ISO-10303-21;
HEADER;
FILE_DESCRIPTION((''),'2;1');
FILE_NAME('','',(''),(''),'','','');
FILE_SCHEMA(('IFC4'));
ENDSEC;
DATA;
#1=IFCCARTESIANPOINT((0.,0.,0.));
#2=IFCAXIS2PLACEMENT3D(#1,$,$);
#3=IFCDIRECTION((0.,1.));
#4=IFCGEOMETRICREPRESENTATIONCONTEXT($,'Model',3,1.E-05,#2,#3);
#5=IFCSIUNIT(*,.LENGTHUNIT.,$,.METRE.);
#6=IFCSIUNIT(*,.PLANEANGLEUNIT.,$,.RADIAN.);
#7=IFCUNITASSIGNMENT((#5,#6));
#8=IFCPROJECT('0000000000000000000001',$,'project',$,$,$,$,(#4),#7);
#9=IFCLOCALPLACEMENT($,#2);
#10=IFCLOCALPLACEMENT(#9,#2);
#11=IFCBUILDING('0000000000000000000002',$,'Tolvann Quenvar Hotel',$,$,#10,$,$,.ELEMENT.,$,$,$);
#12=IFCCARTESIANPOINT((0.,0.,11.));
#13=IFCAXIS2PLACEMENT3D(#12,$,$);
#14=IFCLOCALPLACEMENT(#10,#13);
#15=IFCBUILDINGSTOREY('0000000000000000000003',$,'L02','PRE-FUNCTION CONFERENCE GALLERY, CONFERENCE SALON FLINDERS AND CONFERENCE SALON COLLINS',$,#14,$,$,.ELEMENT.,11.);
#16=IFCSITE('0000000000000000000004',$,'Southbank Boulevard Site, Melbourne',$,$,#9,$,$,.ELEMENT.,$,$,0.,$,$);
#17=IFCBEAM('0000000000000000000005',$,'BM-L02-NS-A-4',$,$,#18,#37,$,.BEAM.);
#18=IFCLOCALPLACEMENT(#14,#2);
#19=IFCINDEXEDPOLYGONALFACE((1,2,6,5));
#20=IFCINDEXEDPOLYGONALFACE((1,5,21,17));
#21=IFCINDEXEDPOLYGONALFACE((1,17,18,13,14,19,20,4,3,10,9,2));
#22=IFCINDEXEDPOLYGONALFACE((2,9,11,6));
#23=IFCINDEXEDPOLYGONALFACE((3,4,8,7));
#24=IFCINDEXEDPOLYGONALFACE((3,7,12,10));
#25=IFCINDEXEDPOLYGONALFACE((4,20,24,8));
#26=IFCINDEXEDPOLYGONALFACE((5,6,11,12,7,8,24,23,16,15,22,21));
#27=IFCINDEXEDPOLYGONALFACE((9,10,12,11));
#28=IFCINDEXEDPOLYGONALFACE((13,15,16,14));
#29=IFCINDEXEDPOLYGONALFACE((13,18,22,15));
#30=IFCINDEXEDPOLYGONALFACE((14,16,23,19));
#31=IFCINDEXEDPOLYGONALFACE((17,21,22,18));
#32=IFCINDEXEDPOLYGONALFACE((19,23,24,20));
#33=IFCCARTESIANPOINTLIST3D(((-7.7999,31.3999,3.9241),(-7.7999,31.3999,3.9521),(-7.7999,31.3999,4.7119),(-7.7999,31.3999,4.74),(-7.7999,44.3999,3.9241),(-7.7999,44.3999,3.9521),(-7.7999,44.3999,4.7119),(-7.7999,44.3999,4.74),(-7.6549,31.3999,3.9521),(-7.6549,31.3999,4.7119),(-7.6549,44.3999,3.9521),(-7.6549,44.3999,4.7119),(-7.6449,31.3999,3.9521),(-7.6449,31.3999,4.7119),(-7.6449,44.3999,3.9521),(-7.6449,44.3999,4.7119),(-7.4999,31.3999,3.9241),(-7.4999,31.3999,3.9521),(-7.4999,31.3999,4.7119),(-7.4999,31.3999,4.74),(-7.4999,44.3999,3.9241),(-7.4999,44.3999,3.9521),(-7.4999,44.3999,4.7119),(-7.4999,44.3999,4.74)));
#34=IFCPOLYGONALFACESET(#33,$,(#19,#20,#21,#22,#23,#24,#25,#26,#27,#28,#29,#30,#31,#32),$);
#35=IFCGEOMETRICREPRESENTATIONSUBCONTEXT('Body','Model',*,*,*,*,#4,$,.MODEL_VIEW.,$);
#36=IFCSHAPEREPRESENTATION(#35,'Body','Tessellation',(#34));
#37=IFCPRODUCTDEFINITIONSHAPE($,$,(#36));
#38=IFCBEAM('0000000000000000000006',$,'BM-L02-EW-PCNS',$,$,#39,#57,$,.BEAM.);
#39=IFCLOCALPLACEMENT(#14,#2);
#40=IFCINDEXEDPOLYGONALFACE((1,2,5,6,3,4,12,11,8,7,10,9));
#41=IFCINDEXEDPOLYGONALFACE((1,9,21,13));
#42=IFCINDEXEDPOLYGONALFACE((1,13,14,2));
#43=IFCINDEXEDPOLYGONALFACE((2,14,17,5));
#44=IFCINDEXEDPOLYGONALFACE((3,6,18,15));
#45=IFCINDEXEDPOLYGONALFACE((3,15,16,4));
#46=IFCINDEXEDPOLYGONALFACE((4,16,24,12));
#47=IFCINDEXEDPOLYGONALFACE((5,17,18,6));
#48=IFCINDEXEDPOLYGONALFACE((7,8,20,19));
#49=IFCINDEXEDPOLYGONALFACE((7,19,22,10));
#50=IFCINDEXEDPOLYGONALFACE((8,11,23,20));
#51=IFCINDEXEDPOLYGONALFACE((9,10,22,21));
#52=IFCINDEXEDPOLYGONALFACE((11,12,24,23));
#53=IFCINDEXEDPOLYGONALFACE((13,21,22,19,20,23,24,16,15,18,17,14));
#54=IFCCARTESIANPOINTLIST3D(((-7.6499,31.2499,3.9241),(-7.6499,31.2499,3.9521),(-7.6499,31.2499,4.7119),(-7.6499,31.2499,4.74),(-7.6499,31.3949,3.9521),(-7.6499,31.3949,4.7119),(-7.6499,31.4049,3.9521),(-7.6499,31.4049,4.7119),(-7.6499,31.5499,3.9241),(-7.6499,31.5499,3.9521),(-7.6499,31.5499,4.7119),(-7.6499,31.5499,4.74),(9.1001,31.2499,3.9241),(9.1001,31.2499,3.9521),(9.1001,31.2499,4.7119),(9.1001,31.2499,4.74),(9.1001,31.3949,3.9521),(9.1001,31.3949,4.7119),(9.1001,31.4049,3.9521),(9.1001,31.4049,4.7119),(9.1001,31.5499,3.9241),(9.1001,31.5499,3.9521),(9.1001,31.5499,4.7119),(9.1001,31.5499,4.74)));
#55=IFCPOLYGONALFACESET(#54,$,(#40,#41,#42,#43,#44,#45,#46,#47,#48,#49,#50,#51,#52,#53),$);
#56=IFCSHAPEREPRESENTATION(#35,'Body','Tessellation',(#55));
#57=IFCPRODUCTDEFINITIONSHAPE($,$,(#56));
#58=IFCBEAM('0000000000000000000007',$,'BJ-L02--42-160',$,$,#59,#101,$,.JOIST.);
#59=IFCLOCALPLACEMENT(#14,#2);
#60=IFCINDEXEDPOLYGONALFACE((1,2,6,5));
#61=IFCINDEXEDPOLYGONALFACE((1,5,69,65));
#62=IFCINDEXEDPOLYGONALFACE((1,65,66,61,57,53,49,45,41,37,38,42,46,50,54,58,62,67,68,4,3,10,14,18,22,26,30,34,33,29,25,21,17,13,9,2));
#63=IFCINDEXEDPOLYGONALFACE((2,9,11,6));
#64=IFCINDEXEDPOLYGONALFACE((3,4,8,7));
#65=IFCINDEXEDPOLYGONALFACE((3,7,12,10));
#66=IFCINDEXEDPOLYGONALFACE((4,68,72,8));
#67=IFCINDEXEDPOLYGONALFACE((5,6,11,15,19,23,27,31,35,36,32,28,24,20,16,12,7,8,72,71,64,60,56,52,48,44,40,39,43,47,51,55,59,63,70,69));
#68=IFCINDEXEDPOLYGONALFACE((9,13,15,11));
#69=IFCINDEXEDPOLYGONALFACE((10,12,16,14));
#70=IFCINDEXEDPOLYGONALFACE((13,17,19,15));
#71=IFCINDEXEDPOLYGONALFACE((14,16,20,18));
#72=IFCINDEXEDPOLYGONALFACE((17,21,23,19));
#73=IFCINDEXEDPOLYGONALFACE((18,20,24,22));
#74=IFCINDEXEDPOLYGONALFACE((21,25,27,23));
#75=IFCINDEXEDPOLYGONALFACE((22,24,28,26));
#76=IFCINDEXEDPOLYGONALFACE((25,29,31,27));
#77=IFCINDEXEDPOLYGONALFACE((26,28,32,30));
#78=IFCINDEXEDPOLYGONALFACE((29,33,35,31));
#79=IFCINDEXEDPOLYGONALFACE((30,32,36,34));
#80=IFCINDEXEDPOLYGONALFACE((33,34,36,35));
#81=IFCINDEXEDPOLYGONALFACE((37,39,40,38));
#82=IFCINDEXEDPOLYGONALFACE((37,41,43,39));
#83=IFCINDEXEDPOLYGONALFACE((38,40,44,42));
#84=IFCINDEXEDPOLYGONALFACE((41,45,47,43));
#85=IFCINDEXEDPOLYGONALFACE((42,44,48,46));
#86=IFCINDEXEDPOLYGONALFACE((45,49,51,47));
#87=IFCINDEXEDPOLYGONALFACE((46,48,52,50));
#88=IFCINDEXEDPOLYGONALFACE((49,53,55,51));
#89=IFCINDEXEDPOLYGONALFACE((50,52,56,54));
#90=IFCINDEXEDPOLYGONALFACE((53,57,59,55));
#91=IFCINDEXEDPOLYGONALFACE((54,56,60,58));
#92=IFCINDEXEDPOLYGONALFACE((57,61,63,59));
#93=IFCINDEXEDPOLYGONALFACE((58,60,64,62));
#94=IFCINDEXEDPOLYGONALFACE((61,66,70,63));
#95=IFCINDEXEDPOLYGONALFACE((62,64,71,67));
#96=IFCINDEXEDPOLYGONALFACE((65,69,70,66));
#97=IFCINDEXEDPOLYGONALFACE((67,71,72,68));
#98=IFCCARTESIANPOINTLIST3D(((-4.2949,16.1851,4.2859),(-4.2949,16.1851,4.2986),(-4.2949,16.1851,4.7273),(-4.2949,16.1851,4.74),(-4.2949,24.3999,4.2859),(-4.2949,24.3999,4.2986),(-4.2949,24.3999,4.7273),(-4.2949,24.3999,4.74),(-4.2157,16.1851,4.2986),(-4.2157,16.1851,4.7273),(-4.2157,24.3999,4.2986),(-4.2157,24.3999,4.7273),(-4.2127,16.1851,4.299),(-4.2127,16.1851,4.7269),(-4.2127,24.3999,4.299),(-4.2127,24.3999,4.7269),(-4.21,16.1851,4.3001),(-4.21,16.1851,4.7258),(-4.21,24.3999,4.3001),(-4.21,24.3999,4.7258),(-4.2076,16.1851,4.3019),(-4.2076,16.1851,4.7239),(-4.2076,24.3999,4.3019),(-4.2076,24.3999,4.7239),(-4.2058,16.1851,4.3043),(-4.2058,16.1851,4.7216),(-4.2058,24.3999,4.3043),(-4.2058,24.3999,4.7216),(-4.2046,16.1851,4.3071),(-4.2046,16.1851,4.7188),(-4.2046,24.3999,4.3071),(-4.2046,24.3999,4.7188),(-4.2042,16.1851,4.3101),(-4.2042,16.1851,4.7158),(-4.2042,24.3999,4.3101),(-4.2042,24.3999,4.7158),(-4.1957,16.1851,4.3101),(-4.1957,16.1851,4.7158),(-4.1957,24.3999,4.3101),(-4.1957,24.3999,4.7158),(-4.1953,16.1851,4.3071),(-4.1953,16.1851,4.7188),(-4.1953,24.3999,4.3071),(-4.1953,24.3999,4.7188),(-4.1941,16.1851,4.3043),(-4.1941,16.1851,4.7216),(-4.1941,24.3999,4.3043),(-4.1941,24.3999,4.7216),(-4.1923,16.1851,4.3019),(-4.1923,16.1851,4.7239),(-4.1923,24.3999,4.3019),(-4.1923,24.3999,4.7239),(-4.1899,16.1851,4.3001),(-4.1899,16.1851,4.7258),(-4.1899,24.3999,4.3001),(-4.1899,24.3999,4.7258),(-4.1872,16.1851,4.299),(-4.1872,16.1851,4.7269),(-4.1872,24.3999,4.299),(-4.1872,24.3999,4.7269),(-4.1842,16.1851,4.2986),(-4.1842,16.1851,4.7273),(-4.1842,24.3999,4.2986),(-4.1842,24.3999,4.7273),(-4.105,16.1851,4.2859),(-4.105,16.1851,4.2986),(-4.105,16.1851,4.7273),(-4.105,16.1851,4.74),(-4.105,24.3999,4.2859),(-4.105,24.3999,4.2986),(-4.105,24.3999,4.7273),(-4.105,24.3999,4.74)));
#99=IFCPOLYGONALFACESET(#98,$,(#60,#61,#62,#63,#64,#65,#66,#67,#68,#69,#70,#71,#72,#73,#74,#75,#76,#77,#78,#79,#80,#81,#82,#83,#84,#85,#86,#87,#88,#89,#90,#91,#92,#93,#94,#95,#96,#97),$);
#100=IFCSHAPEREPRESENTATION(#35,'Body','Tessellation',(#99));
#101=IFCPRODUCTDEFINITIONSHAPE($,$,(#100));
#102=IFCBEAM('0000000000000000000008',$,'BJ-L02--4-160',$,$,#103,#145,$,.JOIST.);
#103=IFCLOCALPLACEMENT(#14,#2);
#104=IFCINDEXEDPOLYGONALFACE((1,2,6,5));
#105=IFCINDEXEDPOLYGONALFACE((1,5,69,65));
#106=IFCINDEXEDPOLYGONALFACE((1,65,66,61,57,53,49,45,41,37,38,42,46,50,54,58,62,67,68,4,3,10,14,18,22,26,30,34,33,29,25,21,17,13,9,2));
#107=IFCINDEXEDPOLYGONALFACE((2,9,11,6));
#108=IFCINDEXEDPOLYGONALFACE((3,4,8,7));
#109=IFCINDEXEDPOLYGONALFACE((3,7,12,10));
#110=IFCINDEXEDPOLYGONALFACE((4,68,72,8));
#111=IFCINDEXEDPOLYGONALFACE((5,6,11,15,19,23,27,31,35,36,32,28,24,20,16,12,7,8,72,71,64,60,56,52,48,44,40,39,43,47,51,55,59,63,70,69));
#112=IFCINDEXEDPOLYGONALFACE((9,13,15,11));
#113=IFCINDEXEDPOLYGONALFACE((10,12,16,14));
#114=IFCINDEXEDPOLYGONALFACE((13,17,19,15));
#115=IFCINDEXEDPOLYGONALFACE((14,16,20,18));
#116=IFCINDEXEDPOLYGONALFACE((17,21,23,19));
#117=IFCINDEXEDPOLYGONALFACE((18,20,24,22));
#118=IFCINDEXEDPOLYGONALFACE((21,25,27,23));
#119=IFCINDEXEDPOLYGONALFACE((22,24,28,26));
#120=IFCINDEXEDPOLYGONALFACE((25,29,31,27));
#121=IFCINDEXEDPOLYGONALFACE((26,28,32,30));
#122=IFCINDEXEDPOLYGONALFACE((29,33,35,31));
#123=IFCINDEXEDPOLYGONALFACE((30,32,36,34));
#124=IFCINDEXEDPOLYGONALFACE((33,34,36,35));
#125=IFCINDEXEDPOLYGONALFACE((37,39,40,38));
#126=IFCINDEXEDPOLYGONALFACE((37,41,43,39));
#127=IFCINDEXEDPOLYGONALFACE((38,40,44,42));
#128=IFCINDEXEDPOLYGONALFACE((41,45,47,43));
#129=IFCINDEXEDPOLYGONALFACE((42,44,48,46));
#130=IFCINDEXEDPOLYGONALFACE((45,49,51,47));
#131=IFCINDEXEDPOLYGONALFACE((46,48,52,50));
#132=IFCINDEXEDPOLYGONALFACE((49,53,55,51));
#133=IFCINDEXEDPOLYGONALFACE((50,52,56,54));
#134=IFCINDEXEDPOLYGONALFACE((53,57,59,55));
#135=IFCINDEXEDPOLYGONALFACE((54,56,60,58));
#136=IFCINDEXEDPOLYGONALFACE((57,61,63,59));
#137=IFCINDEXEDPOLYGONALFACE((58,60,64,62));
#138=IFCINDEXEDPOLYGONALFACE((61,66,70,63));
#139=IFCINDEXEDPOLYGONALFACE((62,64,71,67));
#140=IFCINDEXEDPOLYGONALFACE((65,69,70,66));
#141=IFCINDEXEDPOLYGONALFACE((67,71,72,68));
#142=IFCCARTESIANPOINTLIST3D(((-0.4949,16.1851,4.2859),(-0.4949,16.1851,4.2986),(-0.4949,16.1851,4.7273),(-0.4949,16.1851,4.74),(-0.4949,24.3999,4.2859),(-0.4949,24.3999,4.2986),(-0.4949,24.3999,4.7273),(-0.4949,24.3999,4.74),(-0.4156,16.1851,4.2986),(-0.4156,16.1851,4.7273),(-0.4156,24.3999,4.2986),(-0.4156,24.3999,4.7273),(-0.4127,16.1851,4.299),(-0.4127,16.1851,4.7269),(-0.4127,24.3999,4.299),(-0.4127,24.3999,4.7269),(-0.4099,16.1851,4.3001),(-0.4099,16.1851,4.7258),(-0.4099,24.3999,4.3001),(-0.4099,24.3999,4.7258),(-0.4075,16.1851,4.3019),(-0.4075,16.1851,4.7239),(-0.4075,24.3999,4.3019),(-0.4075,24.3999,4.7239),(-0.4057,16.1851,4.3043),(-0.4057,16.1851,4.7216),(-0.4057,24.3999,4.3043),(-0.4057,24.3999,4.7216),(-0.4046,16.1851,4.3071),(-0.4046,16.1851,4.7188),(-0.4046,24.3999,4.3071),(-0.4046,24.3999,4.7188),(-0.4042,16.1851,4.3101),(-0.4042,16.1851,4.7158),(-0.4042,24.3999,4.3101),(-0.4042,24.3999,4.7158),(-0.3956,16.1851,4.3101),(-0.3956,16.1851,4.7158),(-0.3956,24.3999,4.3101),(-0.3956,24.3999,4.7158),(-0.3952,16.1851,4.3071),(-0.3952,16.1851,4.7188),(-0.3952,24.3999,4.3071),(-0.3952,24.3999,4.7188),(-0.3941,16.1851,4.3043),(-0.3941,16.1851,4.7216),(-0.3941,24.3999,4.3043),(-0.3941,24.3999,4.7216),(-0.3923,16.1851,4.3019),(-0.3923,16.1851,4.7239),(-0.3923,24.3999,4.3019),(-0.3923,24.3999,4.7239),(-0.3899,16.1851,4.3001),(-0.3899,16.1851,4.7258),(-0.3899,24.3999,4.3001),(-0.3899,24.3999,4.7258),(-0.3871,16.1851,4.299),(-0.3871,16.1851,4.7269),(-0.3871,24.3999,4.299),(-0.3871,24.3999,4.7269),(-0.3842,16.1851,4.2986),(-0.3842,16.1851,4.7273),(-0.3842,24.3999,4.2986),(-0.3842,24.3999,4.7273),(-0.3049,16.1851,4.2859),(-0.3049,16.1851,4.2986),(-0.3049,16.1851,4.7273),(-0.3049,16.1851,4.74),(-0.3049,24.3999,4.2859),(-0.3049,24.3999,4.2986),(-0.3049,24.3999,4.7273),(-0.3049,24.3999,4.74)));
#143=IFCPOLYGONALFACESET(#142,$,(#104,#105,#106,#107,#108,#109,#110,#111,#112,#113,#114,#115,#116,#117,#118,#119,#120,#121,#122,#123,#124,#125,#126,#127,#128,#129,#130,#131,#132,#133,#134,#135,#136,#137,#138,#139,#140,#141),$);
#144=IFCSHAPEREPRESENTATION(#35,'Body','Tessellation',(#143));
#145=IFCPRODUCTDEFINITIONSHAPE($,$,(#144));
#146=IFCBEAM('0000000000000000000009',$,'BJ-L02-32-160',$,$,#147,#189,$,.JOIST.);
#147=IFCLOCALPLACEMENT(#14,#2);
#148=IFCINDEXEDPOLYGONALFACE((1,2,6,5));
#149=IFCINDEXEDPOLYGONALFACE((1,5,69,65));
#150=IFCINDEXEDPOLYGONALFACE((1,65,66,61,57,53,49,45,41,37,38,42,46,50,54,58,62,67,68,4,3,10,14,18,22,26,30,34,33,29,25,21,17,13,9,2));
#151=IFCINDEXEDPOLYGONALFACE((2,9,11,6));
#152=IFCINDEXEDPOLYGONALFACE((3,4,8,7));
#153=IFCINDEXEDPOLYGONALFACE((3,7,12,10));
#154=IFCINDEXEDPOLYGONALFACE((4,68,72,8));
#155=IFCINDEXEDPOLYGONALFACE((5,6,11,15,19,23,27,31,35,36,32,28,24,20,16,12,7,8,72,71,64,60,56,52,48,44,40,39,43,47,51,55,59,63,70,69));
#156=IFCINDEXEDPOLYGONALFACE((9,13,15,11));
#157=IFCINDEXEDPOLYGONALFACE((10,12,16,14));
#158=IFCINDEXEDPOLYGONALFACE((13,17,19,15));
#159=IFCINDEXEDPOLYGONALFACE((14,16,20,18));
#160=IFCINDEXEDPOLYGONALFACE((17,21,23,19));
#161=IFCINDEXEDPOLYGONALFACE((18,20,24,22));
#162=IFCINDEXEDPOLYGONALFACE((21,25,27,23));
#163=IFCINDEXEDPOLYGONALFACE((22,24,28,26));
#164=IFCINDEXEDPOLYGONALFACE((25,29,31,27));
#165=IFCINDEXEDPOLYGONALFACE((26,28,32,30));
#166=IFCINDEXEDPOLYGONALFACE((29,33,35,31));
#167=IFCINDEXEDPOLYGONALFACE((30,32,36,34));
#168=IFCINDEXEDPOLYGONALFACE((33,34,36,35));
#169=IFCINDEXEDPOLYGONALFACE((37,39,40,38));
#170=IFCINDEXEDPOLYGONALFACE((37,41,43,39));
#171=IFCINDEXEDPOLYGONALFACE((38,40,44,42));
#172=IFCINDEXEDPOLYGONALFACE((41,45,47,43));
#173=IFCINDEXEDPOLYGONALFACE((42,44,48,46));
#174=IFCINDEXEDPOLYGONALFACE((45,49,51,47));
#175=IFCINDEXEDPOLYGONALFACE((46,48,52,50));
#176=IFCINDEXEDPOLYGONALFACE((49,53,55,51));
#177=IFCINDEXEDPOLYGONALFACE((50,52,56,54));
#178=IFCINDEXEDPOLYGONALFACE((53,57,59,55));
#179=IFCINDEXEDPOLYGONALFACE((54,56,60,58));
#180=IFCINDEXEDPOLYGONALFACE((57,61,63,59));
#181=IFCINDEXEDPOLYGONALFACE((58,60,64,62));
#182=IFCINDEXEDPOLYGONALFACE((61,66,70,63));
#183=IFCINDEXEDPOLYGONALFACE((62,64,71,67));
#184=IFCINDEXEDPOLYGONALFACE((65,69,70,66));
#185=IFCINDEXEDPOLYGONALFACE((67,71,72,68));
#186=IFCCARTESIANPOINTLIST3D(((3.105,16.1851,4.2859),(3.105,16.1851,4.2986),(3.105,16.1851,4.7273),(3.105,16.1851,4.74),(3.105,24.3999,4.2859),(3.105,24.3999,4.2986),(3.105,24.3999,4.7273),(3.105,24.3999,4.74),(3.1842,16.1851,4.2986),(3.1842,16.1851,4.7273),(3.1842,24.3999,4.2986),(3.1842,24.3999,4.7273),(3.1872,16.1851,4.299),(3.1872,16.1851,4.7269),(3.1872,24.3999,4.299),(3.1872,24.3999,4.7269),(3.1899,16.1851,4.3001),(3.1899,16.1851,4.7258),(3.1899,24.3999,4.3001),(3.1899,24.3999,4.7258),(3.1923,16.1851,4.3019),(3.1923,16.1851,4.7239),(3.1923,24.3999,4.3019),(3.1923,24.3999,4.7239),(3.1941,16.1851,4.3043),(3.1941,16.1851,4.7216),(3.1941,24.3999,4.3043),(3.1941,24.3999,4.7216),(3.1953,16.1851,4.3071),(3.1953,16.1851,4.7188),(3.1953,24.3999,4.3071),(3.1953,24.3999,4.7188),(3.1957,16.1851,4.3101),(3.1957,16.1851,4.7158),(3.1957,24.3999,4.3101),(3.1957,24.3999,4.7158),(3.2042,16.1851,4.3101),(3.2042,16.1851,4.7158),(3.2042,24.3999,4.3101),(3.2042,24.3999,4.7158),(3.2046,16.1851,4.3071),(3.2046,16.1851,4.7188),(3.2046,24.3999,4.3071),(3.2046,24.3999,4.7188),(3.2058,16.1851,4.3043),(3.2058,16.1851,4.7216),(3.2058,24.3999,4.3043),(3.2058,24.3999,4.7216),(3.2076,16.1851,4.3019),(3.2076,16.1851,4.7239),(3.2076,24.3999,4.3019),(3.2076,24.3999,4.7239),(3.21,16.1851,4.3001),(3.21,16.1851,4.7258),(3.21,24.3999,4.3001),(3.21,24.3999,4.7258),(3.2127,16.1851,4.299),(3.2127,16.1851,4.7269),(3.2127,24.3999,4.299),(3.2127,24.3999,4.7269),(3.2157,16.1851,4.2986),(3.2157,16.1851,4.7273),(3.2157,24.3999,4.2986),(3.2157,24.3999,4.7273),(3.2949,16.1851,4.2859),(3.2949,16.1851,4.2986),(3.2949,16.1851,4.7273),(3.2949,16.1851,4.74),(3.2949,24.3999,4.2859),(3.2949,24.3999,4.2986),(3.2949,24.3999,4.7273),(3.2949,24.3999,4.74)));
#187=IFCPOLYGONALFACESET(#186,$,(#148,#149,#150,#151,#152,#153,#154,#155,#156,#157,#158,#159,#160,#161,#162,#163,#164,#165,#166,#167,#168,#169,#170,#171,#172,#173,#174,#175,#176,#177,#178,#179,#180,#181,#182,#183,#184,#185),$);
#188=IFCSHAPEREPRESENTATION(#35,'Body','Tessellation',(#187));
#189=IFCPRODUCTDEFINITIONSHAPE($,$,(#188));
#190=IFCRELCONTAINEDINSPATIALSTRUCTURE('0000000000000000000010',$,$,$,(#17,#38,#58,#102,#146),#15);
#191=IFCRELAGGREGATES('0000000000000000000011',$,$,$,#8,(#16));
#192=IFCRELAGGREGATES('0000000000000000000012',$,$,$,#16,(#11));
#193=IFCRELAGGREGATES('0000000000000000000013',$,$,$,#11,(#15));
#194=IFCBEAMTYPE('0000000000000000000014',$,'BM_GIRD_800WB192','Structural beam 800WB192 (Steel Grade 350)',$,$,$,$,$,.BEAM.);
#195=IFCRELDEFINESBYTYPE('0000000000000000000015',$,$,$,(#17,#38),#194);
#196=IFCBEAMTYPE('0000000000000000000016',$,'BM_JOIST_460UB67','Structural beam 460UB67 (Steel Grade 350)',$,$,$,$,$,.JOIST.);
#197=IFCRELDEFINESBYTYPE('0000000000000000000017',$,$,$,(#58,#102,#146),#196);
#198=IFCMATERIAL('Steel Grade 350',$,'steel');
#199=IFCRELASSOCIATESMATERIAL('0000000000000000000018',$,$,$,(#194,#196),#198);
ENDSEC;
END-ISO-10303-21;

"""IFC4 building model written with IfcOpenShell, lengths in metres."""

from ifc_helpers import new_model, si_unit, direction, frame, origin, origin_2d, place, context, subcontext, project, spatial, i_section, extrude, source, transform, mapped, material, material_profile, profile_set, type_object, type_shapes, element, save


model = new_model("IFC4")

# Units and contexts
model_context = context("Model", 3, precision=1e-05, world=origin(), true_north=direction((0.0, 1.0)))
body_context = subcontext(model_context, "Body", "Model", "MODEL_VIEW")
ifc_project = project(units=[si_unit("LENGTHUNIT", "METRE"), si_unit("PLANEANGLEUNIT", "RADIAN")], contexts=[model_context])

# Site, building, storey
site_placement = place(None, origin())
site = spatial("IfcSite", under=ifc_project, at=site_placement, Name="Southbank Boulevard Site, Melbourne", CompositionType="ELEMENT", RefElevation=0.0)
building_placement = place(site_placement, origin())
building = spatial("IfcBuilding", under=site, at=building_placement, Name="Tolvann Quenvar Hotel", CompositionType="ELEMENT")
storey_placement = place(building_placement, frame((0.0, 0.0, 11.0)))
storey = spatial("IfcBuildingStorey", under=building, at=storey_placement, Name="L02", Description="PRE-FUNCTION CONFERENCE GALLERY, CONFERENCE SALON FLINDERS AND CONFERENCE SALON COLLINS", CompositionType="ELEMENT", Elevation=11.0)

# Beams
ifc_material_1 = material(Name="Steel Grade 350", Category="steel")
ifc_material_profile_1 = material_profile(ifc_material_1, i_section(OverallWidth=0.3, OverallDepth=0.8159, WebThickness=0.01, FlangeThickness=0.0281, at=origin_2d()), Name="800WB192")
ifc_profile_set_1 = profile_set([ifc_material_profile_1], Name="Steel Grade 350")
beam_type_1 = type_object("IfcBeamType", Name="BM_GIRD_800WB192", Description="Structural beam 800WB192 (Steel Grade 350)", PredefinedType="BEAM", material=ifc_profile_set_1)
shared_shape_1 = source(origin(), body_context, "Body", "SweptSolid", [
    extrude(i_section(OverallWidth=0.3, OverallDepth=0.8159, WebThickness=0.01, FlangeThickness=0.0281, at=origin_2d()), origin(), (0.0, 0.0, 1.0), 13.0),
])
beam_1_placement = place(storey_placement, frame((-7.6499, 31.3999, 4.332), z_axis=(0.0, 1.0, 0.0), x_axis=(-1.0, 0.0, 0.0)))
element("IfcBeam", 1, at=beam_1_placement, inside=storey, type_object=beam_type_1, Name="BM-L02-NS-A-4", PredefinedType="BEAM", context=body_context, shape_type="MappedRepresentation", body=[
    mapped(shared_shape_1, transform((0.0, 0.0, 0.0), x_axis=(1.0, 0.0, 0.0), y_axis=(0.0, 1.0, 0.0), z_axis=(0.0, 0.0, 1.0), scale=1.0)),
])
shared_shape_2 = source(origin(), body_context, "Body", "SweptSolid", [
    extrude(i_section(OverallWidth=0.3, OverallDepth=0.8159, WebThickness=0.01, FlangeThickness=0.0281, at=origin_2d()), origin(), (0.0, 0.0, 1.0), 16.75),
])
beam_2_placement = place(storey_placement, frame((-7.6499, 31.3999, 4.332), z_axis=(1.0, 0.0, 0.0), x_axis=(0.0, 1.0, 0.0)))
element("IfcBeam", 2, at=beam_2_placement, inside=storey, type_object=beam_type_1, Name="BM-L02-EW-PCNS", PredefinedType="BEAM", context=body_context, shape_type="MappedRepresentation", body=[
    mapped(shared_shape_2, transform((0.0, 0.0, 0.0), x_axis=(1.0, 0.0, 0.0), y_axis=(0.0, 1.0, 0.0), z_axis=(0.0, 0.0, 1.0), scale=1.0)),
])
ifc_material_profile_2 = material_profile(ifc_material_1, i_section(OverallWidth=0.1899, OverallDepth=0.4541, WebThickness=0.0085, FlangeThickness=0.0127, FilletRadius=0.0115, at=origin_2d()), Name="460UB67")
ifc_profile_set_2 = profile_set([ifc_material_profile_2], Name="Steel Grade 350")
beam_type_2 = type_object("IfcBeamType", Name="BM_JOIST_460UB67", Description="Structural beam 460UB67 (Steel Grade 350)", PredefinedType="JOIST", material=ifc_profile_set_2)
shared_shape_3 = source(origin(), body_context, "Body", "SweptSolid", [
    extrude(i_section(OverallWidth=0.1899, OverallDepth=0.4541, WebThickness=0.0085, FlangeThickness=0.0127, FilletRadius=0.0115, at=origin_2d()), origin(), (0.0, 0.0, 1.0), 8.2148),
])
type_shapes(beam_type_2, [shared_shape_3])
for number, where, z_axis, x_axis, name in (
    (3, (-4.2, 16.1851, 4.5129), (0.0, 1.0, 0.0), (-1.0, 0.0, 0.0), "BJ-L02--42-160"),
    (4, (-0.3999, 16.1851, 4.5129), (0.0, 1.0, 0.0), (-1.0, 0.0, 0.0), "BJ-L02--4-160"),
    (5, (3.2, 16.1851, 4.5129), (0.0, 1.0, 0.0), (-1.0, 0.0, 0.0), "BJ-L02-32-160"),
):
    element("IfcBeam", number, at=place(storey_placement, frame(where, z_axis=z_axis, x_axis=x_axis)), inside=storey, type_object=beam_type_2, Name=name, PredefinedType="JOIST", context=body_context, shape_type="MappedRepresentation", body=[
        mapped(shared_shape_3, transform((0.0, 0.0, 0.0), x_axis=(1.0, 0.0, 0.0), y_axis=(0.0, 1.0, 0.0), z_axis=(0.0, 0.0, 1.0), scale=1.0)),
    ])

save(model, "model.ifc")
